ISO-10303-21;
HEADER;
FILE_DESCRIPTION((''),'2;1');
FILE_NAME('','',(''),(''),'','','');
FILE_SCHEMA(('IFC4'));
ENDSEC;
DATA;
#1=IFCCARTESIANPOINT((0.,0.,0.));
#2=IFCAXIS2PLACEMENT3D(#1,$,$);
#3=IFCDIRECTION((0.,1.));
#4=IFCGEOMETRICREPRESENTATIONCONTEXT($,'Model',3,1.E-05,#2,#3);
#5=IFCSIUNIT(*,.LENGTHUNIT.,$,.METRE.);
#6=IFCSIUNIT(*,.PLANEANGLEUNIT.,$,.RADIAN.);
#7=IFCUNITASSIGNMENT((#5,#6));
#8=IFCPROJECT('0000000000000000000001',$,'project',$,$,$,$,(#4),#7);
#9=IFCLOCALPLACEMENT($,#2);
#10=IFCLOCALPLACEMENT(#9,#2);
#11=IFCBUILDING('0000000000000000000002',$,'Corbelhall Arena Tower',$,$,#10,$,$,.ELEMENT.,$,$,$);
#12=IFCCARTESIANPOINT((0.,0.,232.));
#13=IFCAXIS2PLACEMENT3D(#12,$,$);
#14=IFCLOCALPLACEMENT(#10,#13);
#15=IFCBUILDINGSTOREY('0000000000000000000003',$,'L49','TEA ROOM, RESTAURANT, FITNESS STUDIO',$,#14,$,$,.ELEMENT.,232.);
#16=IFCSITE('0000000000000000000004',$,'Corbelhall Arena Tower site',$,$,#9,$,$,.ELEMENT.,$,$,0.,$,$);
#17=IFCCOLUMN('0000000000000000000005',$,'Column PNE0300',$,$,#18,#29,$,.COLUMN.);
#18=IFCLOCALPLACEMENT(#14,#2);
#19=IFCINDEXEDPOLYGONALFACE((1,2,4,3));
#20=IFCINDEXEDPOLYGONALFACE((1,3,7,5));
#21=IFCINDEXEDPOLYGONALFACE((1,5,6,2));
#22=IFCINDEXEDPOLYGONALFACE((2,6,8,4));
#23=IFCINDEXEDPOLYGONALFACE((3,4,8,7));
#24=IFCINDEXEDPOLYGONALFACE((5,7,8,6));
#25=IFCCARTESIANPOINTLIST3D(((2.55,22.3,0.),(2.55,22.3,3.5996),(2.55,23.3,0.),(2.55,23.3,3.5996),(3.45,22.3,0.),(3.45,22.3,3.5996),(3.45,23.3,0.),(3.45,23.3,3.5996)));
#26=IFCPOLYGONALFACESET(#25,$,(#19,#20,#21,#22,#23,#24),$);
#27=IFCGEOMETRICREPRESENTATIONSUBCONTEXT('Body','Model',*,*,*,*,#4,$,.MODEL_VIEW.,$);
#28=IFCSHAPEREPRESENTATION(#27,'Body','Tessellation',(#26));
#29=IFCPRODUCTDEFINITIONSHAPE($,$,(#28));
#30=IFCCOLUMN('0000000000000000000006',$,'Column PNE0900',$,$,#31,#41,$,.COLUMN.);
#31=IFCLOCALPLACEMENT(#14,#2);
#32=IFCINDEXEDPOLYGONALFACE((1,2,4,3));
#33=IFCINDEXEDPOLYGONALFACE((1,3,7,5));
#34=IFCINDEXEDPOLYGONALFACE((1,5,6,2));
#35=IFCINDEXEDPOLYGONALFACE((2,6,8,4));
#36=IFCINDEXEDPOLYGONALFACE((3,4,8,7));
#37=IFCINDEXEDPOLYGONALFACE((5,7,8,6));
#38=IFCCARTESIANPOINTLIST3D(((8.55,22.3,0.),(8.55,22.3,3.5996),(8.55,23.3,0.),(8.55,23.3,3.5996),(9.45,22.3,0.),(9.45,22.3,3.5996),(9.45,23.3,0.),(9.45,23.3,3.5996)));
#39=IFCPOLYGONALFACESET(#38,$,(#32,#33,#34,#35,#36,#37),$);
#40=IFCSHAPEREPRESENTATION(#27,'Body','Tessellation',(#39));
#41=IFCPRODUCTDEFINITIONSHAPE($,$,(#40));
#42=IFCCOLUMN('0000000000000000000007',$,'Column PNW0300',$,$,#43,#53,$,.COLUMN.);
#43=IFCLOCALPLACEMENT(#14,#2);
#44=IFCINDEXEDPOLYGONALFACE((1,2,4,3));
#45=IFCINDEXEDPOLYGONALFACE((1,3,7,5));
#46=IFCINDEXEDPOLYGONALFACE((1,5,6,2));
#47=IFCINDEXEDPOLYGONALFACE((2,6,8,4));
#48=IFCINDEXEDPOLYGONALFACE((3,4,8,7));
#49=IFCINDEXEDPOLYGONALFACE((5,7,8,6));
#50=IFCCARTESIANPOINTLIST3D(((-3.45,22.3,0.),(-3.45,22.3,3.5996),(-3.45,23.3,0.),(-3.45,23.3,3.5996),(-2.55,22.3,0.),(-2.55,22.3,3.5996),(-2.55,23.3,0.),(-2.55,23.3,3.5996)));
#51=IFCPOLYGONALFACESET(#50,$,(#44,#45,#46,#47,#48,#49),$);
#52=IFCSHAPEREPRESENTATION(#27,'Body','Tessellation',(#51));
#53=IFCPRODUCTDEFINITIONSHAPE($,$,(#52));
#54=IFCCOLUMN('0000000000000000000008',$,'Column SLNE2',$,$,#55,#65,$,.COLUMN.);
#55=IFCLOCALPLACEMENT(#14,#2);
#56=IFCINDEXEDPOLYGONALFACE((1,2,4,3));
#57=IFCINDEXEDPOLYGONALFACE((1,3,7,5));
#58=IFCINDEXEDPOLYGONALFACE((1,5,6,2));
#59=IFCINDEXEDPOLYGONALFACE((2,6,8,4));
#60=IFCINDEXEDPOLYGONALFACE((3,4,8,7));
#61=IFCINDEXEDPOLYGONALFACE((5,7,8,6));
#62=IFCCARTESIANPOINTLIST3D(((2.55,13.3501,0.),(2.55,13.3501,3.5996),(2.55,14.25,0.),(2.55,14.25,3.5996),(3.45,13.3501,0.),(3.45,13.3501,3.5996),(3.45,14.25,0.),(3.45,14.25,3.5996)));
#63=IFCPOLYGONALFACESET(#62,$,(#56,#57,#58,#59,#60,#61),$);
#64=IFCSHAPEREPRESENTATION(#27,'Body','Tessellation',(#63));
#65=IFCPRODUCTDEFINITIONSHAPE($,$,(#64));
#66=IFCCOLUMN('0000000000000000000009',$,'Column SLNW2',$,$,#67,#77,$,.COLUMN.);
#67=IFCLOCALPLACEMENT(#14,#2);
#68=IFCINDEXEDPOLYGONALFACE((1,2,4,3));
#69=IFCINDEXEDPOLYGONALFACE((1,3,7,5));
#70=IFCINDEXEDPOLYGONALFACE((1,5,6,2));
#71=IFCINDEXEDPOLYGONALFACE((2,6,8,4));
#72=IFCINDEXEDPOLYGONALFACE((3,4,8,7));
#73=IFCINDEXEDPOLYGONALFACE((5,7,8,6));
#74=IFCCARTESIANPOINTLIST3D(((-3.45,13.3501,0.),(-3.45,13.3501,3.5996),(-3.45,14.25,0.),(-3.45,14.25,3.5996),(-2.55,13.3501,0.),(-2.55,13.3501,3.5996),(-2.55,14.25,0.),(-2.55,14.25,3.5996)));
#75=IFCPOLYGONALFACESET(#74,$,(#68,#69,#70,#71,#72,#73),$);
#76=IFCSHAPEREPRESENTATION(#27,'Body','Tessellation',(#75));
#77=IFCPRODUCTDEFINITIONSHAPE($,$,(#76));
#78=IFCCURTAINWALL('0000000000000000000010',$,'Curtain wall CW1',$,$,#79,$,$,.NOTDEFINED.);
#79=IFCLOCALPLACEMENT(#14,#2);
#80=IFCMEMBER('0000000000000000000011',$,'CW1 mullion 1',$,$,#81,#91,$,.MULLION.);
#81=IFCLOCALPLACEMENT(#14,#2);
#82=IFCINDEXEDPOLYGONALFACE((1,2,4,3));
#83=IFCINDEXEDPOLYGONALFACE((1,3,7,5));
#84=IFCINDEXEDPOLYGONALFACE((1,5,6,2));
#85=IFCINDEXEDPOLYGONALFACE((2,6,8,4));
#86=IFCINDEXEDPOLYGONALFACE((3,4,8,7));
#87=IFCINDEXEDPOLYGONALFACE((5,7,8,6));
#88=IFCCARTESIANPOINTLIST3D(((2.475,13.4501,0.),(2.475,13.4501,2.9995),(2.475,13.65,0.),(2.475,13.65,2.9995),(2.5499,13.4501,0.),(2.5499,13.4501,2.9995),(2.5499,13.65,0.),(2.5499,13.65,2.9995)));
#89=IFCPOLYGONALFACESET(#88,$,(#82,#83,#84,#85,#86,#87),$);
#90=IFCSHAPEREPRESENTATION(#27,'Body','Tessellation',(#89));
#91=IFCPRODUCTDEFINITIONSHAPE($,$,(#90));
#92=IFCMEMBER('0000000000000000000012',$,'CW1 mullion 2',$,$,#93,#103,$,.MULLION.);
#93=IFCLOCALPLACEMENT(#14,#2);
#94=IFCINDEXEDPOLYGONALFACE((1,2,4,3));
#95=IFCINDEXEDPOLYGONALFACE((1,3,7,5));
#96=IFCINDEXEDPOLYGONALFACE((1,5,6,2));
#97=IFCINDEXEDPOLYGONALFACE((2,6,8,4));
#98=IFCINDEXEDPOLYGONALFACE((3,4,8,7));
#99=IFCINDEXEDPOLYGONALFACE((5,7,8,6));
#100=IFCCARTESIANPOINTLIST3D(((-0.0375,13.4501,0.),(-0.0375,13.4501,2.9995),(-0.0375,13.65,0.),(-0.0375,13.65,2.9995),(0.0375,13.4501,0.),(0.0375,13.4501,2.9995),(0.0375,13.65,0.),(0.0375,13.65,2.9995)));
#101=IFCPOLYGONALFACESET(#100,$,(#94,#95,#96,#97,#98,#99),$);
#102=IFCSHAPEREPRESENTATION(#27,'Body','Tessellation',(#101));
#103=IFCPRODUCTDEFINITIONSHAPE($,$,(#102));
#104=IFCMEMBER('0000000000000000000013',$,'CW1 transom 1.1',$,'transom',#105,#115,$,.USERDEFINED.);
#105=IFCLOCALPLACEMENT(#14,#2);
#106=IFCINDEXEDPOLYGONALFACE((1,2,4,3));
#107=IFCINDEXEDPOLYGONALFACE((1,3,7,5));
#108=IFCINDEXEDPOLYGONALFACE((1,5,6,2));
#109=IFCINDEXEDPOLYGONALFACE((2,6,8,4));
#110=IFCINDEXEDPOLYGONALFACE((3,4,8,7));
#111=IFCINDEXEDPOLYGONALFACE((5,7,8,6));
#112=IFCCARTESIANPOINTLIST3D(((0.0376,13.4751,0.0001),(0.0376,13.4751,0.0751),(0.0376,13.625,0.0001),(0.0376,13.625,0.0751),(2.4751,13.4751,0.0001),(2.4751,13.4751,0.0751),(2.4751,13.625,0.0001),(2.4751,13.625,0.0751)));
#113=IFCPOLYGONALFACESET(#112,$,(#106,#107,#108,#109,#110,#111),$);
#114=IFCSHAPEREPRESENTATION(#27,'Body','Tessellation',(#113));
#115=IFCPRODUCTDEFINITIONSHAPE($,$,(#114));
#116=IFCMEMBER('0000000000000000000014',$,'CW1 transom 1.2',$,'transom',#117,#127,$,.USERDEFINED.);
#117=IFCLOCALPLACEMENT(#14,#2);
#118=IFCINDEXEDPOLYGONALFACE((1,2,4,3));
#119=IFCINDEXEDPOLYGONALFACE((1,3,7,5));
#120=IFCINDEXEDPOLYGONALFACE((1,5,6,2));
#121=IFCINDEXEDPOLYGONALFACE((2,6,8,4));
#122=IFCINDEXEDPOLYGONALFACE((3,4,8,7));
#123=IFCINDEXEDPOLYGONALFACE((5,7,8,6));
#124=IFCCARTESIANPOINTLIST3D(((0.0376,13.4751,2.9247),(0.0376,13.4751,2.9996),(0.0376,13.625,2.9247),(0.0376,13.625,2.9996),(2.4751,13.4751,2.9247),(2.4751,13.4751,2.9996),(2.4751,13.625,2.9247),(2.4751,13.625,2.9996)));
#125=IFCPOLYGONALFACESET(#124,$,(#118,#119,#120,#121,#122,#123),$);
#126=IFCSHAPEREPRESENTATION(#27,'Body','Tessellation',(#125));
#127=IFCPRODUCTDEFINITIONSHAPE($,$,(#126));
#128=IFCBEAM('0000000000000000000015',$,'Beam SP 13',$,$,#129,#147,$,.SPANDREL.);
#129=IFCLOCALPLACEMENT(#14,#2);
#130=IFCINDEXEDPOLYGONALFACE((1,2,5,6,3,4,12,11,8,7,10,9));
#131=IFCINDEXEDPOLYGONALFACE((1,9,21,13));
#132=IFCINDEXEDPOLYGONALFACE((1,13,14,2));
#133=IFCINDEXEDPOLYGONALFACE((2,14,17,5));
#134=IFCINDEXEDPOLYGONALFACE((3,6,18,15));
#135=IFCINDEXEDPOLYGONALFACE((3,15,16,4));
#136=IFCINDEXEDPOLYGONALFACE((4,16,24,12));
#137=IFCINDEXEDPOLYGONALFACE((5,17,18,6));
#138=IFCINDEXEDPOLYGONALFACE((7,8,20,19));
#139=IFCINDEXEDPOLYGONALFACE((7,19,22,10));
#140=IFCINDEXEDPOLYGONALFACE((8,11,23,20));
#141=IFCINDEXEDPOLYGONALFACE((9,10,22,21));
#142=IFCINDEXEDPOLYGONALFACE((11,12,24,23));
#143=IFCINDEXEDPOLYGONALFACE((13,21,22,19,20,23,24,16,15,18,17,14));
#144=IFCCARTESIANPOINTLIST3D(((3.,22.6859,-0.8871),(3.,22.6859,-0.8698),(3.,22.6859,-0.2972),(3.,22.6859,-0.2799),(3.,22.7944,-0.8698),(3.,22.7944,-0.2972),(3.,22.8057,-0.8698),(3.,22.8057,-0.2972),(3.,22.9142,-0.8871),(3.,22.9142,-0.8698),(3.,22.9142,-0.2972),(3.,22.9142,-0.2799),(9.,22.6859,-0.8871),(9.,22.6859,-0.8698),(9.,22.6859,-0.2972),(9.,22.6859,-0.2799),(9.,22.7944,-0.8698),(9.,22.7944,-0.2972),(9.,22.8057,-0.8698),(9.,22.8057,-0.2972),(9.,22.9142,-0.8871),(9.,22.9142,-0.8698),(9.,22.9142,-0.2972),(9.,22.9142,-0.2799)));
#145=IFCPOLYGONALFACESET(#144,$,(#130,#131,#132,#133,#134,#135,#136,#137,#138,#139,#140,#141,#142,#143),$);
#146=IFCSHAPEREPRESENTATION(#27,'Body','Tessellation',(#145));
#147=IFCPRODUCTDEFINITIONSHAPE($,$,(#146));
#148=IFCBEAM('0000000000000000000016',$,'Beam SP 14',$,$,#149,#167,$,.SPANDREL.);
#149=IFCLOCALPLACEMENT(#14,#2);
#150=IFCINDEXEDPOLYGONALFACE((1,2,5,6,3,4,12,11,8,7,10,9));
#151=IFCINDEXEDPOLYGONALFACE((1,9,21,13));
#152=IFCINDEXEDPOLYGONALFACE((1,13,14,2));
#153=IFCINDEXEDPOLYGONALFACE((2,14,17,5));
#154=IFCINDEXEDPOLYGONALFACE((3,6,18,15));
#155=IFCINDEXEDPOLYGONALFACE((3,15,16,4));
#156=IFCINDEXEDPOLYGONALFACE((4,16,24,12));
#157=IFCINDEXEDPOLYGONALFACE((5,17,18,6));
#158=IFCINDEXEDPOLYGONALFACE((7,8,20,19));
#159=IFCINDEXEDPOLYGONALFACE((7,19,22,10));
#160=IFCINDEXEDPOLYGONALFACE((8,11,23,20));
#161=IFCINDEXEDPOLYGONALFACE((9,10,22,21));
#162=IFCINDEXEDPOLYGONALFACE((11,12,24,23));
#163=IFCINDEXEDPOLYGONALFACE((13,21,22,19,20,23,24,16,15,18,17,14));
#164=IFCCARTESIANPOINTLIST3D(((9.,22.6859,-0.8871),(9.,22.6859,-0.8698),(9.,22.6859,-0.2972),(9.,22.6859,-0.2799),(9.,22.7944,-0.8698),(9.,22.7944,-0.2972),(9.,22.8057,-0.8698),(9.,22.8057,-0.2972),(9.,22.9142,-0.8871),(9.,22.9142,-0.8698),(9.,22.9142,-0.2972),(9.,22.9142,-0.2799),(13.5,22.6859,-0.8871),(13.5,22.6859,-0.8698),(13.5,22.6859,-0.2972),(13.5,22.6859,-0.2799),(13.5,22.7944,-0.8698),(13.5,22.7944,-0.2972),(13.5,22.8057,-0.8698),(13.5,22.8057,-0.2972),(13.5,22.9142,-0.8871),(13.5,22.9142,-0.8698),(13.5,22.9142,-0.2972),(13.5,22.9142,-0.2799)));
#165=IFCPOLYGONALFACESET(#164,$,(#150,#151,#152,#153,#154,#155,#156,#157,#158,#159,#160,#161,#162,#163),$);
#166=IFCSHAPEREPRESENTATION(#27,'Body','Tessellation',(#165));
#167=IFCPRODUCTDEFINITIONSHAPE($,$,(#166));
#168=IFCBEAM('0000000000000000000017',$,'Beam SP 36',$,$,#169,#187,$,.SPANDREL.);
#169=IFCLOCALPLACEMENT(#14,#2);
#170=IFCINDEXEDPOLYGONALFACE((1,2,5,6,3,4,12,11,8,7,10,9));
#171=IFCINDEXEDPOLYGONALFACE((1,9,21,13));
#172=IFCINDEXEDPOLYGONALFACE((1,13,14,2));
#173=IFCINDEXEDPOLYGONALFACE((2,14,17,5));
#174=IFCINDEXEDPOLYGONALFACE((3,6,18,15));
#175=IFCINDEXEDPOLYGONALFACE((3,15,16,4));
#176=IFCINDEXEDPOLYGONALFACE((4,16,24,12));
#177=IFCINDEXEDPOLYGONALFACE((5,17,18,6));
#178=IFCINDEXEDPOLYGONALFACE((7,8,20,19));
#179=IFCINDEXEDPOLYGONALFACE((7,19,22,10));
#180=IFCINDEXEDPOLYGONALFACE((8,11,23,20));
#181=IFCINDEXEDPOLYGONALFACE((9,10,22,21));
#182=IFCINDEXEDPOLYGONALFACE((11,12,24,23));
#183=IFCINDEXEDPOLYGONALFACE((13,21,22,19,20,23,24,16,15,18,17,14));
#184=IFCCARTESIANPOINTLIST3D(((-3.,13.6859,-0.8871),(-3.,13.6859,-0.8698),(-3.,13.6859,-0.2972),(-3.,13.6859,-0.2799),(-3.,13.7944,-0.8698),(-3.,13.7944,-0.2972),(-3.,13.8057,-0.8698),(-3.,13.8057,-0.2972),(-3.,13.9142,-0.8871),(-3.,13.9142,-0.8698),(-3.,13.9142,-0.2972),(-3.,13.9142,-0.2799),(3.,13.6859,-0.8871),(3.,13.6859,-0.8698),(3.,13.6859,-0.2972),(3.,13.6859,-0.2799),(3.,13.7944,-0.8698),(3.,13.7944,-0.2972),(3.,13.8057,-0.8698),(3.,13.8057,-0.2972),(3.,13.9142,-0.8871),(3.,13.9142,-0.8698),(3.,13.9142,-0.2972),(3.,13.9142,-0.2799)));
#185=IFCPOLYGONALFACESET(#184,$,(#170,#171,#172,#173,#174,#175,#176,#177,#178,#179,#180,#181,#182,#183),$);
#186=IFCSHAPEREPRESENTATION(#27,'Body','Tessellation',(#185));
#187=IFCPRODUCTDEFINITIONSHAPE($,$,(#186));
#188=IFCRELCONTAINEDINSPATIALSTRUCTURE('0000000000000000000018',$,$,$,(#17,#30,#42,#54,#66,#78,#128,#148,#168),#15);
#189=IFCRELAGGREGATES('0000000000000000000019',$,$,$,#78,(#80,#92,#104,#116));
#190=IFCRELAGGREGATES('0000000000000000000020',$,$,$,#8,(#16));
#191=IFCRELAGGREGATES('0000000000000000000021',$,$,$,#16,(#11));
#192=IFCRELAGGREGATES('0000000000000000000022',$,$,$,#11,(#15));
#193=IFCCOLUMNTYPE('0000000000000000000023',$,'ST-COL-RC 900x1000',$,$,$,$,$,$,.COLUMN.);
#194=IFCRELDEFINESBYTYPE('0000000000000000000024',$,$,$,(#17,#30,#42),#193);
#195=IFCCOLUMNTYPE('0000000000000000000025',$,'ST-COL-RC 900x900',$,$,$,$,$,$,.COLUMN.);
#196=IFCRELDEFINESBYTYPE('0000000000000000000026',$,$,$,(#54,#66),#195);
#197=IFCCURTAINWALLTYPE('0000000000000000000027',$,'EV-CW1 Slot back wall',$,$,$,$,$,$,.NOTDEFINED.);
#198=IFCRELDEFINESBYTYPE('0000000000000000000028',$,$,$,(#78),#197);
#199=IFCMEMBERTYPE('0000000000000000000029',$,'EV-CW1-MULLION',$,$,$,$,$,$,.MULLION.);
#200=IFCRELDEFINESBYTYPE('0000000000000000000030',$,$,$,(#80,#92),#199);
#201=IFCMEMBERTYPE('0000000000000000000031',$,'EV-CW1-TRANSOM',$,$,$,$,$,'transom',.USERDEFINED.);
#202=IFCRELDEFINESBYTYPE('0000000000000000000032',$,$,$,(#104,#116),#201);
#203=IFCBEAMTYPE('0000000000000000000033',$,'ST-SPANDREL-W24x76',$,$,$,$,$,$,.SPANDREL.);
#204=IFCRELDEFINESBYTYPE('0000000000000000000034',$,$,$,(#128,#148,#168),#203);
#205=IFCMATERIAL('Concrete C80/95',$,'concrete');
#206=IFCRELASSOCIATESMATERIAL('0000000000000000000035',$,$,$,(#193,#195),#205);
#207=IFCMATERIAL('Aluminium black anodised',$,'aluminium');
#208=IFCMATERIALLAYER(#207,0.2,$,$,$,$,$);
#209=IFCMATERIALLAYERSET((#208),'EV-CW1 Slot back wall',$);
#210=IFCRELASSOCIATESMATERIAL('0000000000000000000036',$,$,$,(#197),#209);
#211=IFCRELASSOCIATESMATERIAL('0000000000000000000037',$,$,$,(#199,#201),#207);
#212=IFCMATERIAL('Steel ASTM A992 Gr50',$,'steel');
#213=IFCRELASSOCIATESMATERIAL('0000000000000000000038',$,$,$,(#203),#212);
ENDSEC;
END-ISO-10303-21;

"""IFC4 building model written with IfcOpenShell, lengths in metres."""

from ifc_helpers import new_model, si_unit, direction, frame, origin, origin_2d, place, context, subcontext, project, spatial, rectangle, i_section, extrude, material, layer, layer_set, material_profile, profile_set, type_object, element, aggregate, save


model = new_model("IFC4")

# Units and contexts
model_context = context("Model", 3, precision=1e-05, world=origin(), true_north=direction((0.0, 1.0)))
body_context = subcontext(model_context, "Body", "Model", "MODEL_VIEW")
ifc_project = project(units=[si_unit("LENGTHUNIT", "METRE"), si_unit("PLANEANGLEUNIT", "RADIAN")], contexts=[model_context])

# Site, building, storey
site_placement = place(None, origin())
site = spatial("IfcSite", under=ifc_project, at=site_placement, Name="Corbelhall Arena Tower site", CompositionType="ELEMENT", RefElevation=0.0)
building_placement = place(site_placement, origin())
building = spatial("IfcBuilding", under=site, at=building_placement, Name="Corbelhall Arena Tower", CompositionType="ELEMENT")
storey_placement = place(building_placement, frame((0.0, 0.0, 232.0)))
storey = spatial("IfcBuildingStorey", under=building, at=storey_placement, Name="L49", Description="TEA ROOM, RESTAURANT, FITNESS STUDIO", CompositionType="ELEMENT", Elevation=232.0)

# Columns
ifc_material_1 = material(Name="Concrete C80/95", Category="concrete")
ifc_material_profile_1 = material_profile(ifc_material_1, rectangle(XDim=0.8999, YDim=1.0, at=origin_2d()))
ifc_profile_set_1 = profile_set([ifc_material_profile_1], Name="Concrete C80/95")
column_type_1 = type_object("IfcColumnType", Name="ST-COL-RC 900x1000", PredefinedType="COLUMN", material=ifc_profile_set_1)
for number, where, z_axis, x_axis, name in (
    (1, (3.0, 22.8, 0.0), (0.0, 0.0, 1.0), (1.0, 0.0, 0.0), "Column PNE0300"),
    (2, (9.0, 22.8, 0.0), (0.0, 0.0, 1.0), (1.0, 0.0, 0.0), "Column PNE0900"),
    (3, (-3.0, 22.8, 0.0), (0.0, 0.0, 1.0), (1.0, 0.0, 0.0), "Column PNW0300"),
):
    element("IfcColumn", number, at=place(storey_placement, frame(where, z_axis=z_axis, x_axis=x_axis)), inside=storey, type_object=column_type_1, Name=name, PredefinedType="COLUMN", context=body_context, shape_type="SweptSolid", body=[
        extrude(rectangle(XDim=0.8999, YDim=1.0, at=origin_2d()), origin(), (0.0, 0.0, 1.0), 3.5996),
    ])
ifc_material_profile_2 = material_profile(ifc_material_1, rectangle(XDim=0.8999, YDim=0.8999, at=origin_2d()))
ifc_profile_set_2 = profile_set([ifc_material_profile_2], Name="Concrete C80/95")
column_type_2 = type_object("IfcColumnType", Name="ST-COL-RC 900x900", PredefinedType="COLUMN", material=ifc_profile_set_2)
for number, where, z_axis, x_axis, name in (
    (4, (3.0, 13.8, 0.0), (0.0, 0.0, 1.0), (1.0, 0.0, 0.0), "Column SLNE2"),
    (5, (-3.0, 13.8, 0.0), (0.0, 0.0, 1.0), (1.0, 0.0, 0.0), "Column SLNW2"),
):
    element("IfcColumn", number, at=place(storey_placement, frame(where, z_axis=z_axis, x_axis=x_axis)), inside=storey, type_object=column_type_2, Name=name, PredefinedType="COLUMN", context=body_context, shape_type="SweptSolid", body=[
        extrude(rectangle(XDim=0.8999, YDim=0.8999, at=origin_2d()), origin(), (0.0, 0.0, 1.0), 3.5996),
    ])

# Curtain wall, members
ifc_material_2 = material(Name="Aluminium black anodised", Category="aluminium")
ifc_layer_1 = layer(ifc_material_2, 0.2)
ifc_layer_set_1 = layer_set([ifc_layer_1], Name="EV-CW1 Slot back wall")
curtain_wall_type = type_object("IfcCurtainWallType", Name="EV-CW1 Slot back wall", PredefinedType="NOTDEFINED", material=ifc_layer_set_1)
curtain_wall_placement = place(storey_placement, origin())
curtain_wall = element("IfcCurtainWall", 6, at=curtain_wall_placement, inside=storey, type_object=curtain_wall_type, Name="Curtain wall CW1", PredefinedType="NOTDEFINED")
ifc_material_profile_3 = material_profile(ifc_material_2, rectangle(XDim=0.2, YDim=0.075, at=origin_2d()))
ifc_profile_set_3 = profile_set([ifc_material_profile_3], Name="Aluminium black anodised")
member_type_1 = type_object("IfcMemberType", Name="EV-CW1-MULLION", PredefinedType="MULLION", material=ifc_profile_set_3)
member_1_placement = place(storey_placement, frame((2.5125, 13.55, 0.0), z_axis=(0.0, 0.0, 1.0), x_axis=(0.0, -1.0, 0.0)))
member_1 = element("IfcMember", 7, at=member_1_placement, type_object=member_type_1, Name="CW1 mullion 1", PredefinedType="MULLION", context=body_context, shape_type="SweptSolid", body=[
    extrude(rectangle(XDim=0.2, YDim=0.075, at=origin_2d()), origin(), (0.0, 0.0, 1.0), 2.9995),
])
member_2_placement = place(storey_placement, frame((0.0, 13.55, 0.0), z_axis=(0.0, 0.0, 1.0), x_axis=(0.0, -1.0, 0.0)))
member_2 = element("IfcMember", 8, at=member_2_placement, type_object=member_type_1, Name="CW1 mullion 2", PredefinedType="MULLION", context=body_context, shape_type="SweptSolid", body=[
    extrude(rectangle(XDim=0.2, YDim=0.075, at=origin_2d()), origin(), (0.0, 0.0, 1.0), 2.9995),
])
ifc_material_profile_4 = material_profile(ifc_material_2, rectangle(XDim=0.1499, YDim=0.075, at=origin_2d()))
ifc_profile_set_4 = profile_set([ifc_material_profile_4], Name="Aluminium black anodised")
member_type_2 = type_object("IfcMemberType", Name="EV-CW1-TRANSOM", ElementType="transom", PredefinedType="USERDEFINED", material=ifc_profile_set_4)
member_3_placement = place(storey_placement, frame((2.4751, 13.55, 0.0376), z_axis=(-1.0, 0.0, 0.0), x_axis=(0.0, -1.0, 0.0)))
member_3 = element("IfcMember", 9, at=member_3_placement, type_object=member_type_2, Name="CW1 transom 1.1", ObjectType="transom", PredefinedType="USERDEFINED", context=body_context, shape_type="SweptSolid", body=[
    extrude(rectangle(XDim=0.1499, YDim=0.075, at=origin_2d()), origin(), (0.0, 0.0, 1.0), 2.4375),
])
member_4_placement = place(storey_placement, frame((2.4751, 13.55, 2.9622), z_axis=(-1.0, 0.0, 0.0), x_axis=(0.0, -1.0, 0.0)))
member_4 = element("IfcMember", 10, at=member_4_placement, type_object=member_type_2, Name="CW1 transom 1.2", ObjectType="transom", PredefinedType="USERDEFINED", context=body_context, shape_type="SweptSolid", body=[
    extrude(rectangle(XDim=0.1499, YDim=0.075, at=origin_2d()), origin(), (0.0, 0.0, 1.0), 2.4375),
])

# Beams
ifc_material_3 = material(Name="Steel ASTM A992 Gr50", Category="steel")
ifc_material_profile_5 = material_profile(ifc_material_3, i_section(OverallWidth=0.2283, OverallDepth=0.6072, WebThickness=0.0112, FlangeThickness=0.0173, at=origin_2d()))
ifc_profile_set_5 = profile_set([ifc_material_profile_5], Name="Steel ASTM A992 Gr50")
beam_type_1 = type_object("IfcBeamType", Name="ST-SPANDREL-W24x76", PredefinedType="SPANDREL", material=ifc_profile_set_5)
beam_1_placement = place(storey_placement, frame((3.0, 22.8, -0.5835), z_axis=(1.0, 0.0, 0.0), x_axis=(0.0, 1.0, 0.0)))
element("IfcBeam", 11, at=beam_1_placement, inside=storey, type_object=beam_type_1, Name="Beam SP 13", PredefinedType="SPANDREL", context=body_context, shape_type="SweptSolid", body=[
    extrude(i_section(OverallWidth=0.2283, OverallDepth=0.6072, WebThickness=0.0112, FlangeThickness=0.0173, at=origin_2d()), origin(), (0.0, 0.0, 1.0), 6.0),
])
beam_2_placement = place(storey_placement, frame((9.0, 22.8, -0.5835), z_axis=(1.0, 0.0, 0.0), x_axis=(0.0, 1.0, 0.0)))
element("IfcBeam", 12, at=beam_2_placement, inside=storey, type_object=beam_type_1, Name="Beam SP 14", PredefinedType="SPANDREL", context=body_context, shape_type="SweptSolid", body=[
    extrude(i_section(OverallWidth=0.2283, OverallDepth=0.6072, WebThickness=0.0112, FlangeThickness=0.0173, at=origin_2d()), origin(), (0.0, 0.0, 1.0), 4.5),
])
beam_3_placement = place(storey_placement, frame((-3.0, 13.8, -0.5835), z_axis=(1.0, 0.0, 0.0), x_axis=(0.0, 1.0, 0.0)))
element("IfcBeam", 13, at=beam_3_placement, inside=storey, type_object=beam_type_1, Name="Beam SP 36", PredefinedType="SPANDREL", context=body_context, shape_type="SweptSolid", body=[
    extrude(i_section(OverallWidth=0.2283, OverallDepth=0.6072, WebThickness=0.0112, FlangeThickness=0.0173, at=origin_2d()), origin(), (0.0, 0.0, 1.0), 6.0),
])

aggregate(curtain_wall, [member_1, member_2, member_3, member_4])

save(model, "model.ifc")
